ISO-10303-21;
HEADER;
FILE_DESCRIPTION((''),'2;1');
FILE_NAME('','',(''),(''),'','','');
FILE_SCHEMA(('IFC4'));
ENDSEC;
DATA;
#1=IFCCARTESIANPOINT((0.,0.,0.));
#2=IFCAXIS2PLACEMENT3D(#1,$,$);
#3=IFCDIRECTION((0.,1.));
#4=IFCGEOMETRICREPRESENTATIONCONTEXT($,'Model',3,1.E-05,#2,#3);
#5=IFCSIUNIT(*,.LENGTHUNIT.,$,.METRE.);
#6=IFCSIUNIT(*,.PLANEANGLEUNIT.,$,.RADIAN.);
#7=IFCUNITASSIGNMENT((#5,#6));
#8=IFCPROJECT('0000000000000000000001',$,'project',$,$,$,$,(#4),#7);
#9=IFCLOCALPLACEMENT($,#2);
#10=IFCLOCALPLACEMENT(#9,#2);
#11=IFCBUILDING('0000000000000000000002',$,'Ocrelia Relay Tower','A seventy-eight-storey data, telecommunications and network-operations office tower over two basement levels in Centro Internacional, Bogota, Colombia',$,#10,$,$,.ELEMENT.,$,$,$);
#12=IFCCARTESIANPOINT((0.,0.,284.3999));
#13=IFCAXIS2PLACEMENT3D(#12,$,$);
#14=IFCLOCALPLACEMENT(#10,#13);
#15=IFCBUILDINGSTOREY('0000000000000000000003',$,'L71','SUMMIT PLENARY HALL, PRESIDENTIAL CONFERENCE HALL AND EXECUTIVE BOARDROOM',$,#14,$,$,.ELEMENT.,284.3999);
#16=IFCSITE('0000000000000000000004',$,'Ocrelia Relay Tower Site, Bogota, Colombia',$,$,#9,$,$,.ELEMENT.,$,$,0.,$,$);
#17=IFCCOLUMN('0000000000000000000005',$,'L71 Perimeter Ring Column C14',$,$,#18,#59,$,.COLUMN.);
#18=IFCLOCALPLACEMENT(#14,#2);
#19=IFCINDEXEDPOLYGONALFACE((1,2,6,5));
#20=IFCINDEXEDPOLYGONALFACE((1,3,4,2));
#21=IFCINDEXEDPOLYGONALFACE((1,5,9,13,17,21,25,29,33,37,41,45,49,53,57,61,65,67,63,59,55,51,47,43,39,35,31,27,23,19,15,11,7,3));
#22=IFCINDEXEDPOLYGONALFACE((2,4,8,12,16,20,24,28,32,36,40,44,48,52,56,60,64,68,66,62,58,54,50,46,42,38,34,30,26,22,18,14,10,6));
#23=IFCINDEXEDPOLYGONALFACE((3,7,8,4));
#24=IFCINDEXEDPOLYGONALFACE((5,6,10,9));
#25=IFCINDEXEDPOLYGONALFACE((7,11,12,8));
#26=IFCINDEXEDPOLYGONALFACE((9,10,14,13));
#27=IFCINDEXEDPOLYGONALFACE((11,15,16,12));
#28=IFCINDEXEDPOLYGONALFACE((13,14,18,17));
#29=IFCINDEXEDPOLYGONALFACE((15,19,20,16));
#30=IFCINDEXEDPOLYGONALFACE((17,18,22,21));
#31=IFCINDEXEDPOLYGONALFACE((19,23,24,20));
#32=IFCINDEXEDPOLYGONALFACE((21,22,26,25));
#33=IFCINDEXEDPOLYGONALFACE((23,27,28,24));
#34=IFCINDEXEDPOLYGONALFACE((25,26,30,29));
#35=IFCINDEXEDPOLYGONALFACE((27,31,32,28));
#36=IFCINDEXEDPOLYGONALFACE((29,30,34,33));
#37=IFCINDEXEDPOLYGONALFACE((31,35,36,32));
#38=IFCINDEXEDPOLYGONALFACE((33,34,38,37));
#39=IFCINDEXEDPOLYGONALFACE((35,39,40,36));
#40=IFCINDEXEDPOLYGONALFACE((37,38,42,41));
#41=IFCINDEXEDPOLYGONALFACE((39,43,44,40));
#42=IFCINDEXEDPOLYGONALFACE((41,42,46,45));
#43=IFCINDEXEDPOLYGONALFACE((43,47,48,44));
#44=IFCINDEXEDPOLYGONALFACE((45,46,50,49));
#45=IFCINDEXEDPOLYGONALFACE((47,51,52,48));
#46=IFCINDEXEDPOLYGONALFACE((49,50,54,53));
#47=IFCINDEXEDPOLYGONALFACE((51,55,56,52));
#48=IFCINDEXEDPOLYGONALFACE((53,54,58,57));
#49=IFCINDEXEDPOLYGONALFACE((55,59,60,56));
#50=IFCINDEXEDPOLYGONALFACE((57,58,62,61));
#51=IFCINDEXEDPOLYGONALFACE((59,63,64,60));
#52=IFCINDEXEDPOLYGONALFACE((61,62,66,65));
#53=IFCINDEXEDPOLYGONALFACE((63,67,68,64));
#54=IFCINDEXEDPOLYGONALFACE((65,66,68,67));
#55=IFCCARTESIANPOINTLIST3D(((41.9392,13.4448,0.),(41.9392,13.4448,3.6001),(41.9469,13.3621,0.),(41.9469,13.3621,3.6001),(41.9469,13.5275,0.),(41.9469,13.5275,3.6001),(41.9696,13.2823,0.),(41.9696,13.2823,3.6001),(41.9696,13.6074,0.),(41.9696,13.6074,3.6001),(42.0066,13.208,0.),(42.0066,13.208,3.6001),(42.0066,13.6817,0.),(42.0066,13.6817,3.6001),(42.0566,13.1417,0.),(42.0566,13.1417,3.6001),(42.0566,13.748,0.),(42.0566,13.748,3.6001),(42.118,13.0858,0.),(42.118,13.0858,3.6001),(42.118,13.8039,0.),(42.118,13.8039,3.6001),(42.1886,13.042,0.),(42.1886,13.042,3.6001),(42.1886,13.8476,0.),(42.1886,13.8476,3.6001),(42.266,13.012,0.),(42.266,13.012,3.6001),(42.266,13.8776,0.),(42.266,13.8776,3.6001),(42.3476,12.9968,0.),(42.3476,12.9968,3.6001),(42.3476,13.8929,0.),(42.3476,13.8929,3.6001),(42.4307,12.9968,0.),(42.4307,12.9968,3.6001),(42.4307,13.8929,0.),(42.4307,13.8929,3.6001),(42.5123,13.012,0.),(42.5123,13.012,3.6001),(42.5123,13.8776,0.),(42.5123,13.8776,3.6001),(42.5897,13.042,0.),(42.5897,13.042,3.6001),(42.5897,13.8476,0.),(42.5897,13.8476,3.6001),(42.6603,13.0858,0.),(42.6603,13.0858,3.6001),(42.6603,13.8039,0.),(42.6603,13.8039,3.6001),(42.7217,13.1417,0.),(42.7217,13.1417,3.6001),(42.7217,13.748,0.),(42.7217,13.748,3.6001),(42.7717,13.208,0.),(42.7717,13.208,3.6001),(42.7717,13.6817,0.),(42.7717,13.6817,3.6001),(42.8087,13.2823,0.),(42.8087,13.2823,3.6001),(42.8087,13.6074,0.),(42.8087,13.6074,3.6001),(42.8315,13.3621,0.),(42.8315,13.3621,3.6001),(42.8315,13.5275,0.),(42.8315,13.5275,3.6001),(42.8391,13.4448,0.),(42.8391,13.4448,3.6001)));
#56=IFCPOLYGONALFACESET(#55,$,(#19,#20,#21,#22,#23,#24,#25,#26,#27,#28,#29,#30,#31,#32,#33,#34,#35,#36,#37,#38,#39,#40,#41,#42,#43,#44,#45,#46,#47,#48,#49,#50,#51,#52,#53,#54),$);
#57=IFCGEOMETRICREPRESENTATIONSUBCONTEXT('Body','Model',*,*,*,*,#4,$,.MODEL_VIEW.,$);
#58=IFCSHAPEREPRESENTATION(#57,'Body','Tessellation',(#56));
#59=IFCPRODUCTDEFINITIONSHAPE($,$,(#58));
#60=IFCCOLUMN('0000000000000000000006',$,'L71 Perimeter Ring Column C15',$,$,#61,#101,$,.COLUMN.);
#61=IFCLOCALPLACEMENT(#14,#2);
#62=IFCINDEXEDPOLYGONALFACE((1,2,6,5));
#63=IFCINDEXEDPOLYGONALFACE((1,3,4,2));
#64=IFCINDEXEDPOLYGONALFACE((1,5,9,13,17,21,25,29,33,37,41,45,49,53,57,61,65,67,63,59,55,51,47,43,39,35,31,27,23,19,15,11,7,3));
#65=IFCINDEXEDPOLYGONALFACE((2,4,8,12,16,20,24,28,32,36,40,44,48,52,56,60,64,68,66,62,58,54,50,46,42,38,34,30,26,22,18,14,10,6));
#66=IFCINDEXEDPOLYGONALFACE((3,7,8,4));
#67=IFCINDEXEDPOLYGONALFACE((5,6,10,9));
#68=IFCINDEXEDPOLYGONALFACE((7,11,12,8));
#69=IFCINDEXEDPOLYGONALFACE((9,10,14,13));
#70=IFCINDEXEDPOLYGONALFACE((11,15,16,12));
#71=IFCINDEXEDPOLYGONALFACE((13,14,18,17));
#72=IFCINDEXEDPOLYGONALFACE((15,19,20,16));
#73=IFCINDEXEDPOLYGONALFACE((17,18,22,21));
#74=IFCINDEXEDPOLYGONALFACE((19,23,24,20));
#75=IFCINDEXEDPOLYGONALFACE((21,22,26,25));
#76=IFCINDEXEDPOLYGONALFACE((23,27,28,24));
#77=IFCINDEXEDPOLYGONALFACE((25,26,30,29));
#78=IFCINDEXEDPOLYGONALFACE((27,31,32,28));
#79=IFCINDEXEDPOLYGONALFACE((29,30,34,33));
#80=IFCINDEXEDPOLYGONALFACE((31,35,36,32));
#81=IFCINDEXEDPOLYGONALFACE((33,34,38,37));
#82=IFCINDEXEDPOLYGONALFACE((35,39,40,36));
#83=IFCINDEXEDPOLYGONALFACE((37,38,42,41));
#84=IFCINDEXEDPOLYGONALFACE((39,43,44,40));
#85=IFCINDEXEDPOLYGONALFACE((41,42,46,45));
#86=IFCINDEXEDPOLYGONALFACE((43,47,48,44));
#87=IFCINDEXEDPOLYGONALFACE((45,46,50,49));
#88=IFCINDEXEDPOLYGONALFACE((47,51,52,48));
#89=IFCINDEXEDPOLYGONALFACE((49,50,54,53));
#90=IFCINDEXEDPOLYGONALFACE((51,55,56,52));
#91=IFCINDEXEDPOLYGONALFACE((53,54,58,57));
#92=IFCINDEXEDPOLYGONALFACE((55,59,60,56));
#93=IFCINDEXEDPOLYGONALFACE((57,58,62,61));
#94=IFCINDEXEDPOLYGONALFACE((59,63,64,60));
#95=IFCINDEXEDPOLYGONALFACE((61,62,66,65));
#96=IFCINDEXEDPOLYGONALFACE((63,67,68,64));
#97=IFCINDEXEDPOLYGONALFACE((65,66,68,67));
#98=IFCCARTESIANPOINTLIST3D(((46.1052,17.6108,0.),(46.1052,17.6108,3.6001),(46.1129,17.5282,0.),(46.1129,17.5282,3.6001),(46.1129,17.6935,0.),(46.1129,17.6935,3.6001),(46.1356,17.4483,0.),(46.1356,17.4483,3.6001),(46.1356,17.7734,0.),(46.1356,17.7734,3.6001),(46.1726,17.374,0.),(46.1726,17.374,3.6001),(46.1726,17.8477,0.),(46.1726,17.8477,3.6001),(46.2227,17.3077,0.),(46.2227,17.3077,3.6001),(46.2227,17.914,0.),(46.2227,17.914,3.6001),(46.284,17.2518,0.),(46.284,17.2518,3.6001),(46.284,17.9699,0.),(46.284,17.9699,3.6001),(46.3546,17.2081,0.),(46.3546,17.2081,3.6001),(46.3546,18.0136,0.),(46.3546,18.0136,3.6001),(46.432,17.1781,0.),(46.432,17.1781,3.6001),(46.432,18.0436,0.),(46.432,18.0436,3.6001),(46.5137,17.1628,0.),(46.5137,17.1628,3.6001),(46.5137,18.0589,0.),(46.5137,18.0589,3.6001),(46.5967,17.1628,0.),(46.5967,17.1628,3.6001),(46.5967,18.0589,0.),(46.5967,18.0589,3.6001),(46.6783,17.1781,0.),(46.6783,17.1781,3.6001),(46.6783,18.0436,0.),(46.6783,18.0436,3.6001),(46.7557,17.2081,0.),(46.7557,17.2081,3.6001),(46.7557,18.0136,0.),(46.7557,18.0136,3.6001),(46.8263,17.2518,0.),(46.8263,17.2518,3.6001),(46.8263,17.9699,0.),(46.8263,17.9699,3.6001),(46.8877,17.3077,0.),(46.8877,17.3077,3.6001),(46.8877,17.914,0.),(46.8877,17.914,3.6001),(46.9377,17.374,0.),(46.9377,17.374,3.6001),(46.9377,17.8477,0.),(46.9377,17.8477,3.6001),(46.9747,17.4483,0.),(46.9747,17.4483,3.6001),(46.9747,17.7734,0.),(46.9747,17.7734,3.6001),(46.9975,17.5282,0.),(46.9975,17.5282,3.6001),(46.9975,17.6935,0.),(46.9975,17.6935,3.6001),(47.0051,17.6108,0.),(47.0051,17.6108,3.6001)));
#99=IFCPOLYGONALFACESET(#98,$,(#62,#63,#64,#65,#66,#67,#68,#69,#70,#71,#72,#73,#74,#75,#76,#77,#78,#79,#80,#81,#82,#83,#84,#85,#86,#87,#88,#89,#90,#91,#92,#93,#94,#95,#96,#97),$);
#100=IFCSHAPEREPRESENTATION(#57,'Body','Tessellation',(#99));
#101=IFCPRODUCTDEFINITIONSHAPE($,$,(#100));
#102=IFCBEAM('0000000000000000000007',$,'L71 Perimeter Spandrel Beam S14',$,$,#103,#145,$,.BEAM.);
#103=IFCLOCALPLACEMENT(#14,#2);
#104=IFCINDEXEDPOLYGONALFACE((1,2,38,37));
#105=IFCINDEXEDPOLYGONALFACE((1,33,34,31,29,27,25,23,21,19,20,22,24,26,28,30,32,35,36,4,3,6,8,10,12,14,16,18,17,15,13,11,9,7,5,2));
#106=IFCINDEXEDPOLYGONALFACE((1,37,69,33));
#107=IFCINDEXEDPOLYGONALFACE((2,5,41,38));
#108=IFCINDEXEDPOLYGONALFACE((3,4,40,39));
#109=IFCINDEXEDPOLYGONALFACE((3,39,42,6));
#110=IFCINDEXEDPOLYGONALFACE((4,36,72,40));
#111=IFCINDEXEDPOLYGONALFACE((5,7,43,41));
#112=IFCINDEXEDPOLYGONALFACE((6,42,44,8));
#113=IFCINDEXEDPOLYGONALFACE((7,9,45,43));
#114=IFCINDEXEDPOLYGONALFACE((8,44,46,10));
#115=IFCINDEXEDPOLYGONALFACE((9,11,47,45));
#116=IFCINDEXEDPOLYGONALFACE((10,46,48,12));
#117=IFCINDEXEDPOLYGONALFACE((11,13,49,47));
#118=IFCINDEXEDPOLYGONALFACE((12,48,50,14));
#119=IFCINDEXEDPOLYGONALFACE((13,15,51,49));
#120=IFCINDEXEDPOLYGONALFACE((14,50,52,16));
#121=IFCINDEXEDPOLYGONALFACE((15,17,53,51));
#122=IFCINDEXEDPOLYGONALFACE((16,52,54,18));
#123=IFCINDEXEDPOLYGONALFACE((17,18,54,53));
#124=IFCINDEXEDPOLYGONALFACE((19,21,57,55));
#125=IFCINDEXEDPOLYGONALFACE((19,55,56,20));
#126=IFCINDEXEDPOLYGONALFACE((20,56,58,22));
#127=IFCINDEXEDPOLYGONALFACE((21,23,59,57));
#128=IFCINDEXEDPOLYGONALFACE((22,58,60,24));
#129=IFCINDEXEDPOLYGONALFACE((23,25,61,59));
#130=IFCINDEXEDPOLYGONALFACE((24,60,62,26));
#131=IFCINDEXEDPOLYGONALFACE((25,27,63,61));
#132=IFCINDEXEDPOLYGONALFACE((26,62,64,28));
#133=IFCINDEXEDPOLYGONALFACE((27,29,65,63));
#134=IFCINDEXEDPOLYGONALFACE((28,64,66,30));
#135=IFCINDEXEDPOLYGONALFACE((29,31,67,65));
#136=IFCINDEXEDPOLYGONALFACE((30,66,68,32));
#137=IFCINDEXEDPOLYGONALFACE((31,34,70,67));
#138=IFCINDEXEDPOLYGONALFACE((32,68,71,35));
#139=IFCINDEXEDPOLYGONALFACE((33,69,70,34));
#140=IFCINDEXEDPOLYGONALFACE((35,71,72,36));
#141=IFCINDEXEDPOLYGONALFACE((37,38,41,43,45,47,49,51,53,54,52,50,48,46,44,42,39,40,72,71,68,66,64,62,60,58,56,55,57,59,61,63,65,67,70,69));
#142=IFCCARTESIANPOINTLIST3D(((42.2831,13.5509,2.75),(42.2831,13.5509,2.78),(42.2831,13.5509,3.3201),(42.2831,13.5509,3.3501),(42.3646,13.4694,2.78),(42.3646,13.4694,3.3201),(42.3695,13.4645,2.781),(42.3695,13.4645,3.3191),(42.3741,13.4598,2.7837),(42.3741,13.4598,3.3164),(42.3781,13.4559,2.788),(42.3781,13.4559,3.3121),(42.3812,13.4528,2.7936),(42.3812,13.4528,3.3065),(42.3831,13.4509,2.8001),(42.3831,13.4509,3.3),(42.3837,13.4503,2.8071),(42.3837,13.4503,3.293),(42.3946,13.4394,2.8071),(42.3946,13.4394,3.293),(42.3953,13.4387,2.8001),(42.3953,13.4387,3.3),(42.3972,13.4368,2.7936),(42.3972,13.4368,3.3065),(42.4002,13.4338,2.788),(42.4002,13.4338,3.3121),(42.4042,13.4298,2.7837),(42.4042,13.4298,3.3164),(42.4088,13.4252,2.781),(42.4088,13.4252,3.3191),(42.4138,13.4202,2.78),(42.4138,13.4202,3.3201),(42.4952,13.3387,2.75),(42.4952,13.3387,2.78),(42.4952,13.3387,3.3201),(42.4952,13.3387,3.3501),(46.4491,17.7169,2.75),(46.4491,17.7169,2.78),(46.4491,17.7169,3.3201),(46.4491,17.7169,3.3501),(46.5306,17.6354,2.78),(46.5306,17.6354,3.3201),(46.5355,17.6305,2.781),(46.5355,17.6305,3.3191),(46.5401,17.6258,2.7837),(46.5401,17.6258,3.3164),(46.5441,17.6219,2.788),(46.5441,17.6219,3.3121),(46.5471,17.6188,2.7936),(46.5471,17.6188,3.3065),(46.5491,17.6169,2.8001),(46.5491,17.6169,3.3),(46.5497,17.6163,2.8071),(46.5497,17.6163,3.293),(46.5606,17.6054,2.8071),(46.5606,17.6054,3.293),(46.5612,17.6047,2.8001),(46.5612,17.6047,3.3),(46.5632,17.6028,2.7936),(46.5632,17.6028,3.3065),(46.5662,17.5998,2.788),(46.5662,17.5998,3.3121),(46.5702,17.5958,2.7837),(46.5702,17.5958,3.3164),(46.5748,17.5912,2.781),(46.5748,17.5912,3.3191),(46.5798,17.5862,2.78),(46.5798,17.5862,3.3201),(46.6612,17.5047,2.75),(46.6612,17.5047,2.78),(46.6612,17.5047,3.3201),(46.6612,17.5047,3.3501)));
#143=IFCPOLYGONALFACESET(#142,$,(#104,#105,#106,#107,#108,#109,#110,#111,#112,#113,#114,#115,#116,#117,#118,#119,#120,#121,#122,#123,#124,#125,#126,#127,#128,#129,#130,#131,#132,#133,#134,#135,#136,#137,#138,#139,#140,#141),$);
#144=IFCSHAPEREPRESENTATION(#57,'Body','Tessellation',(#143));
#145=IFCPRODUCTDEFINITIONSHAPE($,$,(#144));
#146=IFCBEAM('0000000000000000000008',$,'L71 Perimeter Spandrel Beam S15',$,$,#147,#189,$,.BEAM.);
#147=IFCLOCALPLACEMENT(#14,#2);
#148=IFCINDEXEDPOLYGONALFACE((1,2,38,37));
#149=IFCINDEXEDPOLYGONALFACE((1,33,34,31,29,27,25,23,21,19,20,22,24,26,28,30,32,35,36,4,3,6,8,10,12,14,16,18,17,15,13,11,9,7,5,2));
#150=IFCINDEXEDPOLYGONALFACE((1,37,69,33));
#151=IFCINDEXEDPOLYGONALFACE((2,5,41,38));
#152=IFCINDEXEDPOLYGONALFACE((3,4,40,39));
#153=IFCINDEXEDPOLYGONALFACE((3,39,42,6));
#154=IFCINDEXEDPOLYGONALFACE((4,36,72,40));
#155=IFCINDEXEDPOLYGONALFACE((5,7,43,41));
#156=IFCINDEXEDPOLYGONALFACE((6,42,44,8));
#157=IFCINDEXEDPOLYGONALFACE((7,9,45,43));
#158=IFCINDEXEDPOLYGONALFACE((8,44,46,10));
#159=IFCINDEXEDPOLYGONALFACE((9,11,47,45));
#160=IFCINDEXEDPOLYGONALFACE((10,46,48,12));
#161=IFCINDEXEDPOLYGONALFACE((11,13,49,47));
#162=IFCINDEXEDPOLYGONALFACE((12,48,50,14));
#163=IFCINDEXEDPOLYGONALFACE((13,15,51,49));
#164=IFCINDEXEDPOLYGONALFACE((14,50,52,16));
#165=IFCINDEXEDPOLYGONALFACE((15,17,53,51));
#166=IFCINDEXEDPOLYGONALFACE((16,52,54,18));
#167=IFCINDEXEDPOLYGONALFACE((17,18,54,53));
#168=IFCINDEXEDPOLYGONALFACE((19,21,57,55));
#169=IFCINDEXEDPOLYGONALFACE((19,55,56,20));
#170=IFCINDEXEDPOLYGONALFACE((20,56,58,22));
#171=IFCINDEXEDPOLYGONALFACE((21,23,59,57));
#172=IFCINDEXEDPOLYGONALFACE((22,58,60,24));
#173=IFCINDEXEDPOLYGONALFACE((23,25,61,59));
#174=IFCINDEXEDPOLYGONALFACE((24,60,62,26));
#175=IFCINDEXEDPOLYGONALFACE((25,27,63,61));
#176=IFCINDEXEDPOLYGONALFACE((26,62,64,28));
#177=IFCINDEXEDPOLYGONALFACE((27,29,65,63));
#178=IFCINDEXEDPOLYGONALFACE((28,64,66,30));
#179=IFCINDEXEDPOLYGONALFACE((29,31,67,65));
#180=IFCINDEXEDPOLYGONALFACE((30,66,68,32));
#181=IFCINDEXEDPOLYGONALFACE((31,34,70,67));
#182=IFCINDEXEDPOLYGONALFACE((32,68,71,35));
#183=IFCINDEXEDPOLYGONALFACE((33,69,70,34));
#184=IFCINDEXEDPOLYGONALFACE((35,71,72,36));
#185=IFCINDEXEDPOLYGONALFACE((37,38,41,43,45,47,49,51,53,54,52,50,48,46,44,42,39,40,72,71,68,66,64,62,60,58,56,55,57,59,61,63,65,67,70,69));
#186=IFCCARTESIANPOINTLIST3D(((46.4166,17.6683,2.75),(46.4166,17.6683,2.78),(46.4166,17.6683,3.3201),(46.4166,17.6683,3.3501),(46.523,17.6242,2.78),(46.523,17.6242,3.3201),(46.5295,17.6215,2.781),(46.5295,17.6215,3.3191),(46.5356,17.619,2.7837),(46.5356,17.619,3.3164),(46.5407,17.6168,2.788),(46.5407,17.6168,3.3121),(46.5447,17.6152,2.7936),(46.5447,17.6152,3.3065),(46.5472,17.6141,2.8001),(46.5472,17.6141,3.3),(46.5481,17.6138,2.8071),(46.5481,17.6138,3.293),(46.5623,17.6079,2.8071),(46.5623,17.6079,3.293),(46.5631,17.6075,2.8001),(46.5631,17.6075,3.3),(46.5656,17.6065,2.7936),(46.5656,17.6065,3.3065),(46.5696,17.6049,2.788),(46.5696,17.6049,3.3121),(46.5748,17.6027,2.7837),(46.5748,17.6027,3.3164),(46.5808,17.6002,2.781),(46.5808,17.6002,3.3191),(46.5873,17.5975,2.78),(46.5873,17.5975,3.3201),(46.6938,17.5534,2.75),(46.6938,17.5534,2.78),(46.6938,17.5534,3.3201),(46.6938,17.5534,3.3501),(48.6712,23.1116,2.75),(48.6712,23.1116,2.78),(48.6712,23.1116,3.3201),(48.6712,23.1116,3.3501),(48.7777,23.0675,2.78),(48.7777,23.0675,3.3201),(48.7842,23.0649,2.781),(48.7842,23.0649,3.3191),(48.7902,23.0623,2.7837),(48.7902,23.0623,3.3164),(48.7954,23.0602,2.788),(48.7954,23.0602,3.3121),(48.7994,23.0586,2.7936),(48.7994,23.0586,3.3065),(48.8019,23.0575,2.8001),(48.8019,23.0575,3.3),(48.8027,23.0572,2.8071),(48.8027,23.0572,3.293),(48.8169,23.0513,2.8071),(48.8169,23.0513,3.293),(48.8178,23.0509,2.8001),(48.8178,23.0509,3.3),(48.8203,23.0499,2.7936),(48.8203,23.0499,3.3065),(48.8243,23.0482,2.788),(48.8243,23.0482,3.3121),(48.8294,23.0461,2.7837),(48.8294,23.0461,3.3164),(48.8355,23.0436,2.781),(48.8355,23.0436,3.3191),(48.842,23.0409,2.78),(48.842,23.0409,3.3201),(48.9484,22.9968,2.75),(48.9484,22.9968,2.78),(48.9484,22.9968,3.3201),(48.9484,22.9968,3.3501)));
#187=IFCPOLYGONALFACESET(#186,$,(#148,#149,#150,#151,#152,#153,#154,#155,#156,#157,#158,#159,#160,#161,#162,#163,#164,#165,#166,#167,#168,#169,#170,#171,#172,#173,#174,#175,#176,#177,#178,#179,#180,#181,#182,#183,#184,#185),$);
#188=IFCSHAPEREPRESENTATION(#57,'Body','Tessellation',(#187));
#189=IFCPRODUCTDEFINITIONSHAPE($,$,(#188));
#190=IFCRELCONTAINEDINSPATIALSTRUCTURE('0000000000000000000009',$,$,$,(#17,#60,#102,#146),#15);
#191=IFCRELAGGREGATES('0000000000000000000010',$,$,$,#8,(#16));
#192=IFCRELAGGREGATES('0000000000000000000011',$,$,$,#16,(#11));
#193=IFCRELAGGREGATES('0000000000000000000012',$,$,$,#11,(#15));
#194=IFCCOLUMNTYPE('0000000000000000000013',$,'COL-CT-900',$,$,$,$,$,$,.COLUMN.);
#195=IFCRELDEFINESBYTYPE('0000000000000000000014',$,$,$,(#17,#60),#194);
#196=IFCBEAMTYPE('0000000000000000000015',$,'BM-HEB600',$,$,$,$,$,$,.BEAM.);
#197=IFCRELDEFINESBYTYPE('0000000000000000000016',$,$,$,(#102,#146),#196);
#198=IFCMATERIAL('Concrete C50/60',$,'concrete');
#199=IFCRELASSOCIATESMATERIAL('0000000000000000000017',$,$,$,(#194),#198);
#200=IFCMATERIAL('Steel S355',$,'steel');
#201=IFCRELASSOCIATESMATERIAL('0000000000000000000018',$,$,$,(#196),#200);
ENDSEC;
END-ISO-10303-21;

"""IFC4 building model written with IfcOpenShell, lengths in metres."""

from ifc_helpers import new_model, si_unit, direction, frame, origin, origin_2d, place, context, subcontext, project, spatial, circle, i_section, extrude, material, material_profile, profile_set, type_object, element, save


model = new_model("IFC4")

# Units and contexts
model_context = context("Model", 3, precision=1e-05, world=origin(), true_north=direction((0.0, 1.0)))
body_context = subcontext(model_context, "Body", "Model", "MODEL_VIEW")
ifc_project = project(units=[si_unit("LENGTHUNIT", "METRE"), si_unit("PLANEANGLEUNIT", "RADIAN")], contexts=[model_context])

# Site, building, storey
site_placement = place(None, origin())
site = spatial("IfcSite", under=ifc_project, at=site_placement, Name="Ocrelia Relay Tower Site, Bogota, Colombia", CompositionType="ELEMENT", RefElevation=0.0)
building_placement = place(site_placement, origin())
building = spatial("IfcBuilding", under=site, at=building_placement, Name="Ocrelia Relay Tower", Description="A seventy-eight-storey data, telecommunications and network-operations office tower over two basement levels in Centro Internacional, Bogota, Colombia", CompositionType="ELEMENT")
storey_placement = place(building_placement, frame((0.0, 0.0, 284.3999)))
storey = spatial("IfcBuildingStorey", under=building, at=storey_placement, Name="L71", Description="SUMMIT PLENARY HALL, PRESIDENTIAL CONFERENCE HALL AND EXECUTIVE BOARDROOM", CompositionType="ELEMENT", Elevation=284.3999)

# Columns
ifc_material_1 = material(Name="Concrete C50/60", Category="concrete")
ifc_material_profile_1 = material_profile(ifc_material_1, circle(Radius=0.45, at=origin_2d()), Name="RC-CIR-900")
ifc_profile_set_1 = profile_set([ifc_material_profile_1], Name="Concrete C50/60")
column_type = type_object("IfcColumnType", Name="COL-CT-900", PredefinedType="COLUMN", material=ifc_profile_set_1)
for number, where, z_axis, x_axis, name in (
    (1, (42.3892, 13.4448, 0.0), (0.0, 0.0, 1.0), (1.0, 0.0, 0.0), "L71 Perimeter Ring Column C14"),
    (2, (46.5552, 17.6108, 0.0), (0.0, 0.0, 1.0), (1.0, 0.0, 0.0), "L71 Perimeter Ring Column C15"),
):
    element("IfcColumn", number, at=place(storey_placement, frame(where, z_axis=z_axis, x_axis=x_axis)), inside=storey, type_object=column_type, Name=name, PredefinedType="COLUMN", context=body_context, shape_type="SweptSolid", body=[
        extrude(circle(Radius=0.45, at=origin_2d()), origin(), (0.0, 0.0, 1.0), 3.6001),
    ])

# Beams
ifc_material_2 = material(Name="Steel S355", Category="steel")
ifc_material_profile_2 = material_profile(ifc_material_2, i_section(OverallWidth=0.3, OverallDepth=0.6001, WebThickness=0.0154, FlangeThickness=0.03, FilletRadius=0.0271, at=origin_2d()), Name="HEB 600")
ifc_profile_set_2 = profile_set([ifc_material_profile_2], Name="Steel S355")
beam_type_1 = type_object("IfcBeamType", Name="BM-HEB600", PredefinedType="BEAM", material=ifc_profile_set_2)
beam_1_placement = place(storey_placement, frame((42.3892, 13.4448, 3.05), z_axis=(0.707107, 0.707107, 0.0), x_axis=(-0.707107, 0.707107, 0.0)))
element("IfcBeam", 3, at=beam_1_placement, inside=storey, type_object=beam_type_1, Name="L71 Perimeter Spandrel Beam S14", PredefinedType="BEAM", context=body_context, shape_type="SweptSolid", body=[
    extrude(i_section(OverallWidth=0.3, OverallDepth=0.6001, WebThickness=0.0154, FlangeThickness=0.03, FilletRadius=0.0271, at=origin_2d()), origin(), (0.0, 0.0, 1.0), 5.8916),
])
beam_2_placement = place(storey_placement, frame((46.5552, 17.6108, 3.05), z_axis=(0.382673, 0.923884, 0.0), x_axis=(-0.923884, 0.382673, 0.0)))
element("IfcBeam", 4, at=beam_2_placement, inside=storey, type_object=beam_type_1, Name="L71 Perimeter Spandrel Beam S15", PredefinedType="BEAM", context=body_context, shape_type="SweptSolid", body=[
    extrude(i_section(OverallWidth=0.3, OverallDepth=0.6001, WebThickness=0.0154, FlangeThickness=0.03, FilletRadius=0.0271, at=origin_2d()), origin(), (0.0, 0.0, 1.0), 5.8918),
])

save(model, "model.ifc")
